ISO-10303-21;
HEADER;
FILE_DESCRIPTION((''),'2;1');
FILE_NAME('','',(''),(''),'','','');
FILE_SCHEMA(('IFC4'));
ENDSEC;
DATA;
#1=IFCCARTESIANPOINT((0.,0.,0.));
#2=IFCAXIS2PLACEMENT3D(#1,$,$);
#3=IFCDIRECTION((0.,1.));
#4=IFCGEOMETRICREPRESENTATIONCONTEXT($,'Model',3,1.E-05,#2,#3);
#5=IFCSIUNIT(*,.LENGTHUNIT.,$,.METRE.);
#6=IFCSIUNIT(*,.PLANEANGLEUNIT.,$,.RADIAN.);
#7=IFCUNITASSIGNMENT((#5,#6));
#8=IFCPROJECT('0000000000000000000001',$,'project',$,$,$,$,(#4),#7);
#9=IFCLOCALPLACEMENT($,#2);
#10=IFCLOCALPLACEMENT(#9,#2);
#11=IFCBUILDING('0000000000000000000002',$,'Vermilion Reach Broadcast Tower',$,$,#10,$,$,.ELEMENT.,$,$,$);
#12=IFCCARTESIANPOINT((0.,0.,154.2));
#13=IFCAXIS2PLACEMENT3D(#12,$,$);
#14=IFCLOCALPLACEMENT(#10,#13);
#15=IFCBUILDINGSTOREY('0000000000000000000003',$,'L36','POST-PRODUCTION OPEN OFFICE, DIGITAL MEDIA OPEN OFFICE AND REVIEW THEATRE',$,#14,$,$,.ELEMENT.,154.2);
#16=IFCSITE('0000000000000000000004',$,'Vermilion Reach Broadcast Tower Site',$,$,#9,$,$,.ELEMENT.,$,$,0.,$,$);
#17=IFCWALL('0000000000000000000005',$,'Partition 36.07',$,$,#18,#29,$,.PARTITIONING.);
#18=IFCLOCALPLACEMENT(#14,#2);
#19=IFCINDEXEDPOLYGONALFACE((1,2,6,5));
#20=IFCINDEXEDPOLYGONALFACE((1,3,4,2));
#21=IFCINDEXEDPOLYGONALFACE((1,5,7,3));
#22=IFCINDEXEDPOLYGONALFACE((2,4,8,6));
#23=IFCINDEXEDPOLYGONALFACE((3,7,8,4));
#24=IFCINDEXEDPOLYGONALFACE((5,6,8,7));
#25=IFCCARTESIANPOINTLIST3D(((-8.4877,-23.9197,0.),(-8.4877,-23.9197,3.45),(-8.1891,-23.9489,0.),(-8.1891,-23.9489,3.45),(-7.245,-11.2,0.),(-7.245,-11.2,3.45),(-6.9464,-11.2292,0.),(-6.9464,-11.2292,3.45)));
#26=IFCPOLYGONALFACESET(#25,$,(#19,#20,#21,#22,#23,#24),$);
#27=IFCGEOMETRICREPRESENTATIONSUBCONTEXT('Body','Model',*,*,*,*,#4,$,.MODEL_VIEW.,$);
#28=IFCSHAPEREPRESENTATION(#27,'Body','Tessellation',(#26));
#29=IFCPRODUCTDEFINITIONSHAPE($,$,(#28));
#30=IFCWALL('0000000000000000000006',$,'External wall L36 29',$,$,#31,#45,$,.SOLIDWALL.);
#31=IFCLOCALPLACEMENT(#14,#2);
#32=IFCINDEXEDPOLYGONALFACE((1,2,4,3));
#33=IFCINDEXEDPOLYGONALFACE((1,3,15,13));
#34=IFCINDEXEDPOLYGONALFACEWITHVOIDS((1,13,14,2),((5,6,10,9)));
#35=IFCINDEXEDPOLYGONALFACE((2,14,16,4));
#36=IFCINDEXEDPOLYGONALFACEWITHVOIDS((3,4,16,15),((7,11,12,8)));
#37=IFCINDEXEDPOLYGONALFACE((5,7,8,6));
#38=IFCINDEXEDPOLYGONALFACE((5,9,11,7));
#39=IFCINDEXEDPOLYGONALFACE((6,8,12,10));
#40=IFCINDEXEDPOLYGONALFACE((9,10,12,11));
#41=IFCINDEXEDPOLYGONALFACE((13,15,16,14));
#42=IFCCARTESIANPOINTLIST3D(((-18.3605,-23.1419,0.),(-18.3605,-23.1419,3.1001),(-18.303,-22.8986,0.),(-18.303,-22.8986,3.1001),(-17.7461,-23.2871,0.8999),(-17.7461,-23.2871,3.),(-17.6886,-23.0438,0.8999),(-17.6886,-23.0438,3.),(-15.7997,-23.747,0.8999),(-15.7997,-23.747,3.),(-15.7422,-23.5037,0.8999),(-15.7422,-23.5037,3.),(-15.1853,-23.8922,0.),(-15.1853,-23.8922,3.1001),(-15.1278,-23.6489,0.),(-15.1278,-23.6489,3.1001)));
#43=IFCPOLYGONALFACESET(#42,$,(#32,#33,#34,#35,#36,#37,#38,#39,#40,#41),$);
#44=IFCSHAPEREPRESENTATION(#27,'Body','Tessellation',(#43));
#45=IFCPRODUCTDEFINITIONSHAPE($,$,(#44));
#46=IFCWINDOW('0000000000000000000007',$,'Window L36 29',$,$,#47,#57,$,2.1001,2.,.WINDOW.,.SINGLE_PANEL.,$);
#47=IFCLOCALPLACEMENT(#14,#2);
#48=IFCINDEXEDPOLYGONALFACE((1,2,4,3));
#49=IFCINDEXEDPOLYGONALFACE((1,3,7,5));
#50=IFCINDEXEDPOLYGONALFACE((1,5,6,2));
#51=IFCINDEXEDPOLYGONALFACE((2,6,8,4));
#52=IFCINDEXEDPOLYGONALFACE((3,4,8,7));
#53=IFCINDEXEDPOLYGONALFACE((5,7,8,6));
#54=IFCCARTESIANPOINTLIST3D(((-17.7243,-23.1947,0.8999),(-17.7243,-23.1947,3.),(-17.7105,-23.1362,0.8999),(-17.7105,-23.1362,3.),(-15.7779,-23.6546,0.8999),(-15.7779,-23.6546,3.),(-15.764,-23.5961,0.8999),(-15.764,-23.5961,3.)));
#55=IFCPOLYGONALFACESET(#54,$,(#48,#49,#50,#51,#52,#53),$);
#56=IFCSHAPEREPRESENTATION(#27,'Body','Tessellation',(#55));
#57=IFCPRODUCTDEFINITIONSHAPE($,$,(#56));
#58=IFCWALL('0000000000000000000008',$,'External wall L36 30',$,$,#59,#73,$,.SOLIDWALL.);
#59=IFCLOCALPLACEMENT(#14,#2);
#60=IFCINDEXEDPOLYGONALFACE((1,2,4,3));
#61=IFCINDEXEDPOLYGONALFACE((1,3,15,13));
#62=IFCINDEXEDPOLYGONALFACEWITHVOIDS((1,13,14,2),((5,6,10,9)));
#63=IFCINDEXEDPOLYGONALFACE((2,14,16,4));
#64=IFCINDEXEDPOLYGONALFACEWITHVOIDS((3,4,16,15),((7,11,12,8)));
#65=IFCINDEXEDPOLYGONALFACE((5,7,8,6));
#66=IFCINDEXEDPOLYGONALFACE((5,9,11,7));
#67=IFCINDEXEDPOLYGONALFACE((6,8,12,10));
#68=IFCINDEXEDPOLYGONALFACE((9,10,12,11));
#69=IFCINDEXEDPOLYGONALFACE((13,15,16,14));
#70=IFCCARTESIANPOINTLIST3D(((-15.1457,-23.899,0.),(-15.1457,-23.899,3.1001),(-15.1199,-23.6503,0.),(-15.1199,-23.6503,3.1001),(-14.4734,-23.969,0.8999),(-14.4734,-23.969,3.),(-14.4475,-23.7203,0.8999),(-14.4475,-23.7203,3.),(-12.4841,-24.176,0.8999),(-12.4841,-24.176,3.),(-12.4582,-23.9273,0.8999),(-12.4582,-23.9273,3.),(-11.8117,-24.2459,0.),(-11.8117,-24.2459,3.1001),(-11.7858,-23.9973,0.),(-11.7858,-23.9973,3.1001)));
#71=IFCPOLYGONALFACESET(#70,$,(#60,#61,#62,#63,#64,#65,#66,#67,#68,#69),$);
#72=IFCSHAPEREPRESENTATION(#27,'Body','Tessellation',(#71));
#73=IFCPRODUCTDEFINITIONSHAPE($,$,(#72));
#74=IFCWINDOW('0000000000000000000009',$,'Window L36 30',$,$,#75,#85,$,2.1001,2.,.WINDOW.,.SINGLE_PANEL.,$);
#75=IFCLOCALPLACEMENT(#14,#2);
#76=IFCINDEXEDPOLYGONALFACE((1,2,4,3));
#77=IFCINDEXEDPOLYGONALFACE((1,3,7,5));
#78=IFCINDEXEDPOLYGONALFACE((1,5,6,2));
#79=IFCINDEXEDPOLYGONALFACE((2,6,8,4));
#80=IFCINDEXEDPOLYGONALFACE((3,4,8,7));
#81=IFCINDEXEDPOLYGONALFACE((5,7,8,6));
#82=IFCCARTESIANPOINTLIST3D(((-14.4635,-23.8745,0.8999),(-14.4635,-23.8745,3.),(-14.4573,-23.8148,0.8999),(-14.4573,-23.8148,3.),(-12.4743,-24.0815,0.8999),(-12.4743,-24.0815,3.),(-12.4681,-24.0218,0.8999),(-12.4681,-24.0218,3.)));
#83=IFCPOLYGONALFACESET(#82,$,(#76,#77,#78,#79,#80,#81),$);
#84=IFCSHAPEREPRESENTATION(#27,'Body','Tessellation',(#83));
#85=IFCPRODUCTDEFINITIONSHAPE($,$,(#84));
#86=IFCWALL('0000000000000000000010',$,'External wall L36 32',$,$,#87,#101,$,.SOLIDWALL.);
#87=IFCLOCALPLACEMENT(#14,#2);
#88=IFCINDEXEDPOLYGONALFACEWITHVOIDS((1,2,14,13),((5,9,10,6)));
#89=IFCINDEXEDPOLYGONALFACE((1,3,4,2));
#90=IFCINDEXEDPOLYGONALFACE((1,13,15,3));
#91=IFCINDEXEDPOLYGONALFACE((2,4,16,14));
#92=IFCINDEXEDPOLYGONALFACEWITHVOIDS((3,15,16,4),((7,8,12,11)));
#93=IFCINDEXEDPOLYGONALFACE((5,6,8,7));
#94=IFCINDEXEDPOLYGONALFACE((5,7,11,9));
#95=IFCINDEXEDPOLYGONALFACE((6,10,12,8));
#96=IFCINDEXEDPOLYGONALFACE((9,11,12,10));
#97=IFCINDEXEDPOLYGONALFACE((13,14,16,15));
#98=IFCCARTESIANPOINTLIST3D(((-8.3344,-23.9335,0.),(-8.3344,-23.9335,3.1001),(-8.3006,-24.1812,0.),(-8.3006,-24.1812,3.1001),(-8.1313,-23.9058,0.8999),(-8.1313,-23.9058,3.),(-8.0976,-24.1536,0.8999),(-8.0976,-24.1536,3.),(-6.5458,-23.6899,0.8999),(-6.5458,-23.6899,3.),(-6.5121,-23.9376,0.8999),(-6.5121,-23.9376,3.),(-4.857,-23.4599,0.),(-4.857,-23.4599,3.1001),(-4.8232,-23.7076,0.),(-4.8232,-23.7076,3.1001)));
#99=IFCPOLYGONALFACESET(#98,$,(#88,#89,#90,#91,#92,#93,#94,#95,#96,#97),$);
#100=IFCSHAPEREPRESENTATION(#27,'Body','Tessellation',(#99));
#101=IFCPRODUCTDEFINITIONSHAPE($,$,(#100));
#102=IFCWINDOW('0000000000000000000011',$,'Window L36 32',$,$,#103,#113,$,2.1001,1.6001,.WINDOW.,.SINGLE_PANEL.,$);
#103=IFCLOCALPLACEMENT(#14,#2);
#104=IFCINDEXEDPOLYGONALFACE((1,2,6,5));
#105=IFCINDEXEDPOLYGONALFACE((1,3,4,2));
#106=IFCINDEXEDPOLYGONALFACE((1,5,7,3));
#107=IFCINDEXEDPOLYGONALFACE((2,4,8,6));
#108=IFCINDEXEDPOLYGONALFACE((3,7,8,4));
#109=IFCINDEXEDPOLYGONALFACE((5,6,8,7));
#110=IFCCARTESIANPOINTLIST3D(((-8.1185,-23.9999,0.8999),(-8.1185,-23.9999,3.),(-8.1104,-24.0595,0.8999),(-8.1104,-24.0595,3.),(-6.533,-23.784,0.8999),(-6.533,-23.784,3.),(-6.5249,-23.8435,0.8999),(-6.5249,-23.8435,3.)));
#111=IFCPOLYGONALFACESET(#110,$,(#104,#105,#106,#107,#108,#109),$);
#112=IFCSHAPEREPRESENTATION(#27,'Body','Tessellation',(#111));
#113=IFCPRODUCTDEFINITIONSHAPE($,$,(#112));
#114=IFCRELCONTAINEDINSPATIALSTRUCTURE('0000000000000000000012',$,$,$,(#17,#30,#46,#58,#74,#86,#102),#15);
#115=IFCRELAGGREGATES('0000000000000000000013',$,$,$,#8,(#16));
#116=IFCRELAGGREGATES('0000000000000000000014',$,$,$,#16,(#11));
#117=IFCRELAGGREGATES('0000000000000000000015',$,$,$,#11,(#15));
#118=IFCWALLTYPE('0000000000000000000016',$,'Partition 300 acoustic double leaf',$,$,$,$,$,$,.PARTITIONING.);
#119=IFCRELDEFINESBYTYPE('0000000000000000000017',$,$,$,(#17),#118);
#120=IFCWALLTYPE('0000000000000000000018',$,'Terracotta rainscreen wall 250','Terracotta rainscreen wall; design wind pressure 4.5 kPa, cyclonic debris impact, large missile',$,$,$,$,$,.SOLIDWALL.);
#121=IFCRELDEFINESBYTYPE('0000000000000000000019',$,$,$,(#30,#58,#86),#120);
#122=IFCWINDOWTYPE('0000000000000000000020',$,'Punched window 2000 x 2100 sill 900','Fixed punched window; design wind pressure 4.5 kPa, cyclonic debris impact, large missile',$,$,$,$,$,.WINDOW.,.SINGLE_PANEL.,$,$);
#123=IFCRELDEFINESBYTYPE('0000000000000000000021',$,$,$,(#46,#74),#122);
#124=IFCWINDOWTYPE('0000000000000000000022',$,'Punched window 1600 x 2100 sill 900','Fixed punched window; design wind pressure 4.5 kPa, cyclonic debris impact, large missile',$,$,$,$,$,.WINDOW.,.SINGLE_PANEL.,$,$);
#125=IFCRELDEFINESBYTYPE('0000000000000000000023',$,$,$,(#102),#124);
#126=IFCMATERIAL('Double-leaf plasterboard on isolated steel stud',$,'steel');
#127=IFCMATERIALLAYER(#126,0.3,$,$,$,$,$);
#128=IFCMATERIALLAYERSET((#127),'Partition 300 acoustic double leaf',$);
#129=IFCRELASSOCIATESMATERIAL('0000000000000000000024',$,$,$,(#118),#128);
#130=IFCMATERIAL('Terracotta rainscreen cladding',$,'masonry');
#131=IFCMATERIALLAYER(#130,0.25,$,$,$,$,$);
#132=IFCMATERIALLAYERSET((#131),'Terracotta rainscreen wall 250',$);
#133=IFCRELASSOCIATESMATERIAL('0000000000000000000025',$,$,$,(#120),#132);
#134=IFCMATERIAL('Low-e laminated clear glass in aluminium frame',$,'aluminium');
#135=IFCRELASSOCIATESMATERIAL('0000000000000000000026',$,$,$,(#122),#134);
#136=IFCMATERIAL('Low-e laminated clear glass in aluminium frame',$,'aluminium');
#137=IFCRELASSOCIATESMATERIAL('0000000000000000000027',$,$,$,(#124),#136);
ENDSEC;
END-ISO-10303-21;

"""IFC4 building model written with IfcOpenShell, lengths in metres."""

from ifc_helpers import new_model, si_unit, direction, frame, frame_2d, origin, place, context, subcontext, project, spatial, rectangle, extrude, material, layer, layer_set, type_object, element, fill, save


model = new_model("IFC4")

# Units and contexts
model_context = context("Model", 3, precision=1e-05, world=origin(), true_north=direction((0.0, 1.0)))
body_context = subcontext(model_context, "Body", "Model", "MODEL_VIEW")
ifc_project = project(units=[si_unit("LENGTHUNIT", "METRE"), si_unit("PLANEANGLEUNIT", "RADIAN")], contexts=[model_context])

# Site, building, storey
site_placement = place(None, origin())
site = spatial("IfcSite", under=ifc_project, at=site_placement, Name="Vermilion Reach Broadcast Tower Site", CompositionType="ELEMENT", RefElevation=0.0)
building_placement = place(site_placement, origin())
building = spatial("IfcBuilding", under=site, at=building_placement, Name="Vermilion Reach Broadcast Tower", CompositionType="ELEMENT")
storey_placement = place(building_placement, frame((0.0, 0.0, 154.2)))
storey = spatial("IfcBuildingStorey", under=building, at=storey_placement, Name="L36", Description="POST-PRODUCTION OPEN OFFICE, DIGITAL MEDIA OPEN OFFICE AND REVIEW THEATRE", CompositionType="ELEMENT", Elevation=154.2)

# Wall
ifc_material_1 = material(Name="Double-leaf plasterboard on isolated steel stud", Category="steel")
ifc_layer_1 = layer(ifc_material_1, 0.3)
ifc_layer_set_1 = layer_set([ifc_layer_1], Name="Partition 300 acoustic double leaf")
wall_type_1 = type_object("IfcWallType", Name="Partition 300 acoustic double leaf", PredefinedType="PARTITIONING", material=ifc_layer_set_1)
wall_1_placement = place(storey_placement, frame((-8.3384, -23.9343, 0.0), z_axis=(0.0, 0.0, 1.0), x_axis=(0.097234, 0.995262, 0.0)))
element("IfcWall", 1, at=wall_1_placement, inside=storey, type_object=wall_type_1, Name="Partition 36.07", PredefinedType="PARTITIONING", context=body_context, shape_type="SweptSolid", body=[
    extrude(rectangle(XDim=12.7803, YDim=0.3, at=frame_2d((6.3901, 0.0))), origin(), (0.0, 0.0, 1.0), 3.45),
])

# Walls, openings, windows
ifc_material_2 = material(Name="Terracotta rainscreen cladding", Category="masonry")
ifc_layer_2 = layer(ifc_material_2, 0.25)
ifc_layer_set_2 = layer_set([ifc_layer_2], Name="Terracotta rainscreen wall 250")
wall_type_2 = type_object("IfcWallType", Name="Terracotta rainscreen wall 250", Description="Terracotta rainscreen wall; design wind pressure 4.5 kPa, cyclonic debris impact, large missile", PredefinedType="SOLIDWALL", material=ifc_layer_set_2)
wall_2_placement = place(storey_placement, frame((-18.3318, -23.0203, 0.0), z_axis=(0.0, 0.0, 1.0), x_axis=(0.973204, -0.229944, 0.0)))
wall_2 = element("IfcWall", 2, at=wall_2_placement, inside=storey, type_object=wall_type_2, Name="External wall L36 29", PredefinedType="SOLIDWALL", context=body_context, shape_type="SweptSolid", body=[
    extrude(rectangle(XDim=3.2627, YDim=0.25, at=frame_2d((1.6313, 0.0))), origin(), (0.0, 0.0, 1.0), 3.1001),
])
opening_1_placement = place(wall_2_placement, frame((0.6313, 0.0, 0.8999)))
opening_1 = element("IfcOpeningElement", 3, at=opening_1_placement, cuts=wall_2, PredefinedType="OPENING", context=body_context, shape_type="SweptSolid", body=[
    extrude(rectangle(XDim=2.0, YDim=2.1001, at=frame_2d((1.0, 1.05))), frame((0.0, 0.135, 0.0), z_axis=(0.0, -1.0, 0.0), x_axis=(1.0, 0.0, 0.0)), (0.0, 0.0, 1.0), 0.27),
])
ifc_material_3 = material(Name="Low-e laminated clear glass in aluminium frame", Category="aluminium")
window_type_1 = type_object("IfcWindowType", Name="Punched window 2000 x 2100 sill 900", Description="Fixed punched window; design wind pressure 4.5 kPa, cyclonic debris impact, large missile", PartitioningType="SINGLE_PANEL", PredefinedType="WINDOW", material=ifc_material_3)
window_1_placement = place(opening_1_placement, origin())
window_1 = element("IfcWindow", 4, at=window_1_placement, inside=storey, type_object=window_type_1, Name="Window L36 29", OverallHeight=2.1001, OverallWidth=2.0, PartitioningType="SINGLE_PANEL", PredefinedType="WINDOW", context=body_context, shape_type="SweptSolid", body=[
    extrude(rectangle(XDim=2.0, YDim=2.1001, at=frame_2d((1.0, 1.05))), frame((0.0, 0.03, 0.0), z_axis=(0.0, -1.0, 0.0), x_axis=(1.0, 0.0, 0.0)), (0.0, 0.0, 1.0), 0.0601),
])
fill(opening_1, window_1)
wall_3_placement = place(storey_placement, frame((-15.1328, -23.7747, 0.0), z_axis=(0.0, 0.0, 1.0), x_axis=(0.99463, -0.103498, 0.0)))
wall_3 = element("IfcWall", 5, at=wall_3_placement, inside=storey, type_object=wall_type_2, Name="External wall L36 30", PredefinedType="SOLIDWALL", context=body_context, shape_type="SweptSolid", body=[
    extrude(rectangle(XDim=3.3521, YDim=0.25, at=frame_2d((1.676, 0.0))), origin(), (0.0, 0.0, 1.0), 3.1001),
])
opening_2_placement = place(wall_3_placement, frame((0.676, 0.0, 0.8999)))
opening_2 = element("IfcOpeningElement", 6, at=opening_2_placement, cuts=wall_3, PredefinedType="OPENING", context=body_context, shape_type="SweptSolid", body=[
    extrude(rectangle(XDim=2.0, YDim=2.1001, at=frame_2d((1.0, 1.05))), frame((0.0, 0.135, 0.0), z_axis=(0.0, -1.0, 0.0), x_axis=(1.0, 0.0, 0.0)), (0.0, 0.0, 1.0), 0.27),
])
window_2_placement = place(opening_2_placement, origin())
window_2 = element("IfcWindow", 7, at=window_2_placement, inside=storey, type_object=window_type_1, Name="Window L36 30", OverallHeight=2.1001, OverallWidth=2.0, PartitioningType="SINGLE_PANEL", PredefinedType="WINDOW", context=body_context, shape_type="SweptSolid", body=[
    extrude(rectangle(XDim=2.0, YDim=2.1001, at=frame_2d((1.0, 1.05))), frame((0.0, 0.03, 0.0), z_axis=(0.0, -1.0, 0.0), x_axis=(1.0, 0.0, 0.0)), (0.0, 0.0, 1.0), 0.0601),
])
fill(opening_2, window_2)

# Wall, opening, window
wall_4_placement = place(storey_placement, frame((-8.3176, -24.0574, 0.0), z_axis=(0.0, 0.0, 1.0), x_axis=(0.990851, 0.134961, 0.0)))
wall_4 = element("IfcWall", 8, at=wall_4_placement, inside=storey, type_object=wall_type_2, Name="External wall L36 32", PredefinedType="SOLIDWALL", context=body_context, shape_type="SweptSolid", body=[
    extrude(rectangle(XDim=3.5095, YDim=0.25, at=frame_2d((1.7549, 0.0))), origin(), (0.0, 0.0, 1.0), 3.1001),
])
opening_3_placement = place(wall_4_placement, frame((0.2051, 0.0, 0.8999)))
opening_3 = element("IfcOpeningElement", 9, at=opening_3_placement, cuts=wall_4, PredefinedType="OPENING", context=body_context, shape_type="SweptSolid", body=[
    extrude(rectangle(XDim=1.6001, YDim=2.1001, at=frame_2d((0.8, 1.05))), frame((0.0, 0.135, 0.0), z_axis=(0.0, -1.0, 0.0), x_axis=(1.0, 0.0, 0.0)), (0.0, 0.0, 1.0), 0.27),
])
ifc_material_4 = material(Name="Low-e laminated clear glass in aluminium frame", Category="aluminium")
window_type_2 = type_object("IfcWindowType", Name="Punched window 1600 x 2100 sill 900", Description="Fixed punched window; design wind pressure 4.5 kPa, cyclonic debris impact, large missile", PartitioningType="SINGLE_PANEL", PredefinedType="WINDOW", material=ifc_material_4)
window_3_placement = place(opening_3_placement, origin())
window_3 = element("IfcWindow", 10, at=window_3_placement, inside=storey, type_object=window_type_2, Name="Window L36 32", OverallHeight=2.1001, OverallWidth=1.6001, PartitioningType="SINGLE_PANEL", PredefinedType="WINDOW", context=body_context, shape_type="SweptSolid", body=[
    extrude(rectangle(XDim=1.6001, YDim=2.1001, at=frame_2d((0.8, 1.05))), frame((0.0, 0.03, 0.0), z_axis=(0.0, -1.0, 0.0), x_axis=(1.0, 0.0, 0.0)), (0.0, 0.0, 1.0), 0.0601),
])
fill(opening_3, window_3)

save(model, "model.ifc")
